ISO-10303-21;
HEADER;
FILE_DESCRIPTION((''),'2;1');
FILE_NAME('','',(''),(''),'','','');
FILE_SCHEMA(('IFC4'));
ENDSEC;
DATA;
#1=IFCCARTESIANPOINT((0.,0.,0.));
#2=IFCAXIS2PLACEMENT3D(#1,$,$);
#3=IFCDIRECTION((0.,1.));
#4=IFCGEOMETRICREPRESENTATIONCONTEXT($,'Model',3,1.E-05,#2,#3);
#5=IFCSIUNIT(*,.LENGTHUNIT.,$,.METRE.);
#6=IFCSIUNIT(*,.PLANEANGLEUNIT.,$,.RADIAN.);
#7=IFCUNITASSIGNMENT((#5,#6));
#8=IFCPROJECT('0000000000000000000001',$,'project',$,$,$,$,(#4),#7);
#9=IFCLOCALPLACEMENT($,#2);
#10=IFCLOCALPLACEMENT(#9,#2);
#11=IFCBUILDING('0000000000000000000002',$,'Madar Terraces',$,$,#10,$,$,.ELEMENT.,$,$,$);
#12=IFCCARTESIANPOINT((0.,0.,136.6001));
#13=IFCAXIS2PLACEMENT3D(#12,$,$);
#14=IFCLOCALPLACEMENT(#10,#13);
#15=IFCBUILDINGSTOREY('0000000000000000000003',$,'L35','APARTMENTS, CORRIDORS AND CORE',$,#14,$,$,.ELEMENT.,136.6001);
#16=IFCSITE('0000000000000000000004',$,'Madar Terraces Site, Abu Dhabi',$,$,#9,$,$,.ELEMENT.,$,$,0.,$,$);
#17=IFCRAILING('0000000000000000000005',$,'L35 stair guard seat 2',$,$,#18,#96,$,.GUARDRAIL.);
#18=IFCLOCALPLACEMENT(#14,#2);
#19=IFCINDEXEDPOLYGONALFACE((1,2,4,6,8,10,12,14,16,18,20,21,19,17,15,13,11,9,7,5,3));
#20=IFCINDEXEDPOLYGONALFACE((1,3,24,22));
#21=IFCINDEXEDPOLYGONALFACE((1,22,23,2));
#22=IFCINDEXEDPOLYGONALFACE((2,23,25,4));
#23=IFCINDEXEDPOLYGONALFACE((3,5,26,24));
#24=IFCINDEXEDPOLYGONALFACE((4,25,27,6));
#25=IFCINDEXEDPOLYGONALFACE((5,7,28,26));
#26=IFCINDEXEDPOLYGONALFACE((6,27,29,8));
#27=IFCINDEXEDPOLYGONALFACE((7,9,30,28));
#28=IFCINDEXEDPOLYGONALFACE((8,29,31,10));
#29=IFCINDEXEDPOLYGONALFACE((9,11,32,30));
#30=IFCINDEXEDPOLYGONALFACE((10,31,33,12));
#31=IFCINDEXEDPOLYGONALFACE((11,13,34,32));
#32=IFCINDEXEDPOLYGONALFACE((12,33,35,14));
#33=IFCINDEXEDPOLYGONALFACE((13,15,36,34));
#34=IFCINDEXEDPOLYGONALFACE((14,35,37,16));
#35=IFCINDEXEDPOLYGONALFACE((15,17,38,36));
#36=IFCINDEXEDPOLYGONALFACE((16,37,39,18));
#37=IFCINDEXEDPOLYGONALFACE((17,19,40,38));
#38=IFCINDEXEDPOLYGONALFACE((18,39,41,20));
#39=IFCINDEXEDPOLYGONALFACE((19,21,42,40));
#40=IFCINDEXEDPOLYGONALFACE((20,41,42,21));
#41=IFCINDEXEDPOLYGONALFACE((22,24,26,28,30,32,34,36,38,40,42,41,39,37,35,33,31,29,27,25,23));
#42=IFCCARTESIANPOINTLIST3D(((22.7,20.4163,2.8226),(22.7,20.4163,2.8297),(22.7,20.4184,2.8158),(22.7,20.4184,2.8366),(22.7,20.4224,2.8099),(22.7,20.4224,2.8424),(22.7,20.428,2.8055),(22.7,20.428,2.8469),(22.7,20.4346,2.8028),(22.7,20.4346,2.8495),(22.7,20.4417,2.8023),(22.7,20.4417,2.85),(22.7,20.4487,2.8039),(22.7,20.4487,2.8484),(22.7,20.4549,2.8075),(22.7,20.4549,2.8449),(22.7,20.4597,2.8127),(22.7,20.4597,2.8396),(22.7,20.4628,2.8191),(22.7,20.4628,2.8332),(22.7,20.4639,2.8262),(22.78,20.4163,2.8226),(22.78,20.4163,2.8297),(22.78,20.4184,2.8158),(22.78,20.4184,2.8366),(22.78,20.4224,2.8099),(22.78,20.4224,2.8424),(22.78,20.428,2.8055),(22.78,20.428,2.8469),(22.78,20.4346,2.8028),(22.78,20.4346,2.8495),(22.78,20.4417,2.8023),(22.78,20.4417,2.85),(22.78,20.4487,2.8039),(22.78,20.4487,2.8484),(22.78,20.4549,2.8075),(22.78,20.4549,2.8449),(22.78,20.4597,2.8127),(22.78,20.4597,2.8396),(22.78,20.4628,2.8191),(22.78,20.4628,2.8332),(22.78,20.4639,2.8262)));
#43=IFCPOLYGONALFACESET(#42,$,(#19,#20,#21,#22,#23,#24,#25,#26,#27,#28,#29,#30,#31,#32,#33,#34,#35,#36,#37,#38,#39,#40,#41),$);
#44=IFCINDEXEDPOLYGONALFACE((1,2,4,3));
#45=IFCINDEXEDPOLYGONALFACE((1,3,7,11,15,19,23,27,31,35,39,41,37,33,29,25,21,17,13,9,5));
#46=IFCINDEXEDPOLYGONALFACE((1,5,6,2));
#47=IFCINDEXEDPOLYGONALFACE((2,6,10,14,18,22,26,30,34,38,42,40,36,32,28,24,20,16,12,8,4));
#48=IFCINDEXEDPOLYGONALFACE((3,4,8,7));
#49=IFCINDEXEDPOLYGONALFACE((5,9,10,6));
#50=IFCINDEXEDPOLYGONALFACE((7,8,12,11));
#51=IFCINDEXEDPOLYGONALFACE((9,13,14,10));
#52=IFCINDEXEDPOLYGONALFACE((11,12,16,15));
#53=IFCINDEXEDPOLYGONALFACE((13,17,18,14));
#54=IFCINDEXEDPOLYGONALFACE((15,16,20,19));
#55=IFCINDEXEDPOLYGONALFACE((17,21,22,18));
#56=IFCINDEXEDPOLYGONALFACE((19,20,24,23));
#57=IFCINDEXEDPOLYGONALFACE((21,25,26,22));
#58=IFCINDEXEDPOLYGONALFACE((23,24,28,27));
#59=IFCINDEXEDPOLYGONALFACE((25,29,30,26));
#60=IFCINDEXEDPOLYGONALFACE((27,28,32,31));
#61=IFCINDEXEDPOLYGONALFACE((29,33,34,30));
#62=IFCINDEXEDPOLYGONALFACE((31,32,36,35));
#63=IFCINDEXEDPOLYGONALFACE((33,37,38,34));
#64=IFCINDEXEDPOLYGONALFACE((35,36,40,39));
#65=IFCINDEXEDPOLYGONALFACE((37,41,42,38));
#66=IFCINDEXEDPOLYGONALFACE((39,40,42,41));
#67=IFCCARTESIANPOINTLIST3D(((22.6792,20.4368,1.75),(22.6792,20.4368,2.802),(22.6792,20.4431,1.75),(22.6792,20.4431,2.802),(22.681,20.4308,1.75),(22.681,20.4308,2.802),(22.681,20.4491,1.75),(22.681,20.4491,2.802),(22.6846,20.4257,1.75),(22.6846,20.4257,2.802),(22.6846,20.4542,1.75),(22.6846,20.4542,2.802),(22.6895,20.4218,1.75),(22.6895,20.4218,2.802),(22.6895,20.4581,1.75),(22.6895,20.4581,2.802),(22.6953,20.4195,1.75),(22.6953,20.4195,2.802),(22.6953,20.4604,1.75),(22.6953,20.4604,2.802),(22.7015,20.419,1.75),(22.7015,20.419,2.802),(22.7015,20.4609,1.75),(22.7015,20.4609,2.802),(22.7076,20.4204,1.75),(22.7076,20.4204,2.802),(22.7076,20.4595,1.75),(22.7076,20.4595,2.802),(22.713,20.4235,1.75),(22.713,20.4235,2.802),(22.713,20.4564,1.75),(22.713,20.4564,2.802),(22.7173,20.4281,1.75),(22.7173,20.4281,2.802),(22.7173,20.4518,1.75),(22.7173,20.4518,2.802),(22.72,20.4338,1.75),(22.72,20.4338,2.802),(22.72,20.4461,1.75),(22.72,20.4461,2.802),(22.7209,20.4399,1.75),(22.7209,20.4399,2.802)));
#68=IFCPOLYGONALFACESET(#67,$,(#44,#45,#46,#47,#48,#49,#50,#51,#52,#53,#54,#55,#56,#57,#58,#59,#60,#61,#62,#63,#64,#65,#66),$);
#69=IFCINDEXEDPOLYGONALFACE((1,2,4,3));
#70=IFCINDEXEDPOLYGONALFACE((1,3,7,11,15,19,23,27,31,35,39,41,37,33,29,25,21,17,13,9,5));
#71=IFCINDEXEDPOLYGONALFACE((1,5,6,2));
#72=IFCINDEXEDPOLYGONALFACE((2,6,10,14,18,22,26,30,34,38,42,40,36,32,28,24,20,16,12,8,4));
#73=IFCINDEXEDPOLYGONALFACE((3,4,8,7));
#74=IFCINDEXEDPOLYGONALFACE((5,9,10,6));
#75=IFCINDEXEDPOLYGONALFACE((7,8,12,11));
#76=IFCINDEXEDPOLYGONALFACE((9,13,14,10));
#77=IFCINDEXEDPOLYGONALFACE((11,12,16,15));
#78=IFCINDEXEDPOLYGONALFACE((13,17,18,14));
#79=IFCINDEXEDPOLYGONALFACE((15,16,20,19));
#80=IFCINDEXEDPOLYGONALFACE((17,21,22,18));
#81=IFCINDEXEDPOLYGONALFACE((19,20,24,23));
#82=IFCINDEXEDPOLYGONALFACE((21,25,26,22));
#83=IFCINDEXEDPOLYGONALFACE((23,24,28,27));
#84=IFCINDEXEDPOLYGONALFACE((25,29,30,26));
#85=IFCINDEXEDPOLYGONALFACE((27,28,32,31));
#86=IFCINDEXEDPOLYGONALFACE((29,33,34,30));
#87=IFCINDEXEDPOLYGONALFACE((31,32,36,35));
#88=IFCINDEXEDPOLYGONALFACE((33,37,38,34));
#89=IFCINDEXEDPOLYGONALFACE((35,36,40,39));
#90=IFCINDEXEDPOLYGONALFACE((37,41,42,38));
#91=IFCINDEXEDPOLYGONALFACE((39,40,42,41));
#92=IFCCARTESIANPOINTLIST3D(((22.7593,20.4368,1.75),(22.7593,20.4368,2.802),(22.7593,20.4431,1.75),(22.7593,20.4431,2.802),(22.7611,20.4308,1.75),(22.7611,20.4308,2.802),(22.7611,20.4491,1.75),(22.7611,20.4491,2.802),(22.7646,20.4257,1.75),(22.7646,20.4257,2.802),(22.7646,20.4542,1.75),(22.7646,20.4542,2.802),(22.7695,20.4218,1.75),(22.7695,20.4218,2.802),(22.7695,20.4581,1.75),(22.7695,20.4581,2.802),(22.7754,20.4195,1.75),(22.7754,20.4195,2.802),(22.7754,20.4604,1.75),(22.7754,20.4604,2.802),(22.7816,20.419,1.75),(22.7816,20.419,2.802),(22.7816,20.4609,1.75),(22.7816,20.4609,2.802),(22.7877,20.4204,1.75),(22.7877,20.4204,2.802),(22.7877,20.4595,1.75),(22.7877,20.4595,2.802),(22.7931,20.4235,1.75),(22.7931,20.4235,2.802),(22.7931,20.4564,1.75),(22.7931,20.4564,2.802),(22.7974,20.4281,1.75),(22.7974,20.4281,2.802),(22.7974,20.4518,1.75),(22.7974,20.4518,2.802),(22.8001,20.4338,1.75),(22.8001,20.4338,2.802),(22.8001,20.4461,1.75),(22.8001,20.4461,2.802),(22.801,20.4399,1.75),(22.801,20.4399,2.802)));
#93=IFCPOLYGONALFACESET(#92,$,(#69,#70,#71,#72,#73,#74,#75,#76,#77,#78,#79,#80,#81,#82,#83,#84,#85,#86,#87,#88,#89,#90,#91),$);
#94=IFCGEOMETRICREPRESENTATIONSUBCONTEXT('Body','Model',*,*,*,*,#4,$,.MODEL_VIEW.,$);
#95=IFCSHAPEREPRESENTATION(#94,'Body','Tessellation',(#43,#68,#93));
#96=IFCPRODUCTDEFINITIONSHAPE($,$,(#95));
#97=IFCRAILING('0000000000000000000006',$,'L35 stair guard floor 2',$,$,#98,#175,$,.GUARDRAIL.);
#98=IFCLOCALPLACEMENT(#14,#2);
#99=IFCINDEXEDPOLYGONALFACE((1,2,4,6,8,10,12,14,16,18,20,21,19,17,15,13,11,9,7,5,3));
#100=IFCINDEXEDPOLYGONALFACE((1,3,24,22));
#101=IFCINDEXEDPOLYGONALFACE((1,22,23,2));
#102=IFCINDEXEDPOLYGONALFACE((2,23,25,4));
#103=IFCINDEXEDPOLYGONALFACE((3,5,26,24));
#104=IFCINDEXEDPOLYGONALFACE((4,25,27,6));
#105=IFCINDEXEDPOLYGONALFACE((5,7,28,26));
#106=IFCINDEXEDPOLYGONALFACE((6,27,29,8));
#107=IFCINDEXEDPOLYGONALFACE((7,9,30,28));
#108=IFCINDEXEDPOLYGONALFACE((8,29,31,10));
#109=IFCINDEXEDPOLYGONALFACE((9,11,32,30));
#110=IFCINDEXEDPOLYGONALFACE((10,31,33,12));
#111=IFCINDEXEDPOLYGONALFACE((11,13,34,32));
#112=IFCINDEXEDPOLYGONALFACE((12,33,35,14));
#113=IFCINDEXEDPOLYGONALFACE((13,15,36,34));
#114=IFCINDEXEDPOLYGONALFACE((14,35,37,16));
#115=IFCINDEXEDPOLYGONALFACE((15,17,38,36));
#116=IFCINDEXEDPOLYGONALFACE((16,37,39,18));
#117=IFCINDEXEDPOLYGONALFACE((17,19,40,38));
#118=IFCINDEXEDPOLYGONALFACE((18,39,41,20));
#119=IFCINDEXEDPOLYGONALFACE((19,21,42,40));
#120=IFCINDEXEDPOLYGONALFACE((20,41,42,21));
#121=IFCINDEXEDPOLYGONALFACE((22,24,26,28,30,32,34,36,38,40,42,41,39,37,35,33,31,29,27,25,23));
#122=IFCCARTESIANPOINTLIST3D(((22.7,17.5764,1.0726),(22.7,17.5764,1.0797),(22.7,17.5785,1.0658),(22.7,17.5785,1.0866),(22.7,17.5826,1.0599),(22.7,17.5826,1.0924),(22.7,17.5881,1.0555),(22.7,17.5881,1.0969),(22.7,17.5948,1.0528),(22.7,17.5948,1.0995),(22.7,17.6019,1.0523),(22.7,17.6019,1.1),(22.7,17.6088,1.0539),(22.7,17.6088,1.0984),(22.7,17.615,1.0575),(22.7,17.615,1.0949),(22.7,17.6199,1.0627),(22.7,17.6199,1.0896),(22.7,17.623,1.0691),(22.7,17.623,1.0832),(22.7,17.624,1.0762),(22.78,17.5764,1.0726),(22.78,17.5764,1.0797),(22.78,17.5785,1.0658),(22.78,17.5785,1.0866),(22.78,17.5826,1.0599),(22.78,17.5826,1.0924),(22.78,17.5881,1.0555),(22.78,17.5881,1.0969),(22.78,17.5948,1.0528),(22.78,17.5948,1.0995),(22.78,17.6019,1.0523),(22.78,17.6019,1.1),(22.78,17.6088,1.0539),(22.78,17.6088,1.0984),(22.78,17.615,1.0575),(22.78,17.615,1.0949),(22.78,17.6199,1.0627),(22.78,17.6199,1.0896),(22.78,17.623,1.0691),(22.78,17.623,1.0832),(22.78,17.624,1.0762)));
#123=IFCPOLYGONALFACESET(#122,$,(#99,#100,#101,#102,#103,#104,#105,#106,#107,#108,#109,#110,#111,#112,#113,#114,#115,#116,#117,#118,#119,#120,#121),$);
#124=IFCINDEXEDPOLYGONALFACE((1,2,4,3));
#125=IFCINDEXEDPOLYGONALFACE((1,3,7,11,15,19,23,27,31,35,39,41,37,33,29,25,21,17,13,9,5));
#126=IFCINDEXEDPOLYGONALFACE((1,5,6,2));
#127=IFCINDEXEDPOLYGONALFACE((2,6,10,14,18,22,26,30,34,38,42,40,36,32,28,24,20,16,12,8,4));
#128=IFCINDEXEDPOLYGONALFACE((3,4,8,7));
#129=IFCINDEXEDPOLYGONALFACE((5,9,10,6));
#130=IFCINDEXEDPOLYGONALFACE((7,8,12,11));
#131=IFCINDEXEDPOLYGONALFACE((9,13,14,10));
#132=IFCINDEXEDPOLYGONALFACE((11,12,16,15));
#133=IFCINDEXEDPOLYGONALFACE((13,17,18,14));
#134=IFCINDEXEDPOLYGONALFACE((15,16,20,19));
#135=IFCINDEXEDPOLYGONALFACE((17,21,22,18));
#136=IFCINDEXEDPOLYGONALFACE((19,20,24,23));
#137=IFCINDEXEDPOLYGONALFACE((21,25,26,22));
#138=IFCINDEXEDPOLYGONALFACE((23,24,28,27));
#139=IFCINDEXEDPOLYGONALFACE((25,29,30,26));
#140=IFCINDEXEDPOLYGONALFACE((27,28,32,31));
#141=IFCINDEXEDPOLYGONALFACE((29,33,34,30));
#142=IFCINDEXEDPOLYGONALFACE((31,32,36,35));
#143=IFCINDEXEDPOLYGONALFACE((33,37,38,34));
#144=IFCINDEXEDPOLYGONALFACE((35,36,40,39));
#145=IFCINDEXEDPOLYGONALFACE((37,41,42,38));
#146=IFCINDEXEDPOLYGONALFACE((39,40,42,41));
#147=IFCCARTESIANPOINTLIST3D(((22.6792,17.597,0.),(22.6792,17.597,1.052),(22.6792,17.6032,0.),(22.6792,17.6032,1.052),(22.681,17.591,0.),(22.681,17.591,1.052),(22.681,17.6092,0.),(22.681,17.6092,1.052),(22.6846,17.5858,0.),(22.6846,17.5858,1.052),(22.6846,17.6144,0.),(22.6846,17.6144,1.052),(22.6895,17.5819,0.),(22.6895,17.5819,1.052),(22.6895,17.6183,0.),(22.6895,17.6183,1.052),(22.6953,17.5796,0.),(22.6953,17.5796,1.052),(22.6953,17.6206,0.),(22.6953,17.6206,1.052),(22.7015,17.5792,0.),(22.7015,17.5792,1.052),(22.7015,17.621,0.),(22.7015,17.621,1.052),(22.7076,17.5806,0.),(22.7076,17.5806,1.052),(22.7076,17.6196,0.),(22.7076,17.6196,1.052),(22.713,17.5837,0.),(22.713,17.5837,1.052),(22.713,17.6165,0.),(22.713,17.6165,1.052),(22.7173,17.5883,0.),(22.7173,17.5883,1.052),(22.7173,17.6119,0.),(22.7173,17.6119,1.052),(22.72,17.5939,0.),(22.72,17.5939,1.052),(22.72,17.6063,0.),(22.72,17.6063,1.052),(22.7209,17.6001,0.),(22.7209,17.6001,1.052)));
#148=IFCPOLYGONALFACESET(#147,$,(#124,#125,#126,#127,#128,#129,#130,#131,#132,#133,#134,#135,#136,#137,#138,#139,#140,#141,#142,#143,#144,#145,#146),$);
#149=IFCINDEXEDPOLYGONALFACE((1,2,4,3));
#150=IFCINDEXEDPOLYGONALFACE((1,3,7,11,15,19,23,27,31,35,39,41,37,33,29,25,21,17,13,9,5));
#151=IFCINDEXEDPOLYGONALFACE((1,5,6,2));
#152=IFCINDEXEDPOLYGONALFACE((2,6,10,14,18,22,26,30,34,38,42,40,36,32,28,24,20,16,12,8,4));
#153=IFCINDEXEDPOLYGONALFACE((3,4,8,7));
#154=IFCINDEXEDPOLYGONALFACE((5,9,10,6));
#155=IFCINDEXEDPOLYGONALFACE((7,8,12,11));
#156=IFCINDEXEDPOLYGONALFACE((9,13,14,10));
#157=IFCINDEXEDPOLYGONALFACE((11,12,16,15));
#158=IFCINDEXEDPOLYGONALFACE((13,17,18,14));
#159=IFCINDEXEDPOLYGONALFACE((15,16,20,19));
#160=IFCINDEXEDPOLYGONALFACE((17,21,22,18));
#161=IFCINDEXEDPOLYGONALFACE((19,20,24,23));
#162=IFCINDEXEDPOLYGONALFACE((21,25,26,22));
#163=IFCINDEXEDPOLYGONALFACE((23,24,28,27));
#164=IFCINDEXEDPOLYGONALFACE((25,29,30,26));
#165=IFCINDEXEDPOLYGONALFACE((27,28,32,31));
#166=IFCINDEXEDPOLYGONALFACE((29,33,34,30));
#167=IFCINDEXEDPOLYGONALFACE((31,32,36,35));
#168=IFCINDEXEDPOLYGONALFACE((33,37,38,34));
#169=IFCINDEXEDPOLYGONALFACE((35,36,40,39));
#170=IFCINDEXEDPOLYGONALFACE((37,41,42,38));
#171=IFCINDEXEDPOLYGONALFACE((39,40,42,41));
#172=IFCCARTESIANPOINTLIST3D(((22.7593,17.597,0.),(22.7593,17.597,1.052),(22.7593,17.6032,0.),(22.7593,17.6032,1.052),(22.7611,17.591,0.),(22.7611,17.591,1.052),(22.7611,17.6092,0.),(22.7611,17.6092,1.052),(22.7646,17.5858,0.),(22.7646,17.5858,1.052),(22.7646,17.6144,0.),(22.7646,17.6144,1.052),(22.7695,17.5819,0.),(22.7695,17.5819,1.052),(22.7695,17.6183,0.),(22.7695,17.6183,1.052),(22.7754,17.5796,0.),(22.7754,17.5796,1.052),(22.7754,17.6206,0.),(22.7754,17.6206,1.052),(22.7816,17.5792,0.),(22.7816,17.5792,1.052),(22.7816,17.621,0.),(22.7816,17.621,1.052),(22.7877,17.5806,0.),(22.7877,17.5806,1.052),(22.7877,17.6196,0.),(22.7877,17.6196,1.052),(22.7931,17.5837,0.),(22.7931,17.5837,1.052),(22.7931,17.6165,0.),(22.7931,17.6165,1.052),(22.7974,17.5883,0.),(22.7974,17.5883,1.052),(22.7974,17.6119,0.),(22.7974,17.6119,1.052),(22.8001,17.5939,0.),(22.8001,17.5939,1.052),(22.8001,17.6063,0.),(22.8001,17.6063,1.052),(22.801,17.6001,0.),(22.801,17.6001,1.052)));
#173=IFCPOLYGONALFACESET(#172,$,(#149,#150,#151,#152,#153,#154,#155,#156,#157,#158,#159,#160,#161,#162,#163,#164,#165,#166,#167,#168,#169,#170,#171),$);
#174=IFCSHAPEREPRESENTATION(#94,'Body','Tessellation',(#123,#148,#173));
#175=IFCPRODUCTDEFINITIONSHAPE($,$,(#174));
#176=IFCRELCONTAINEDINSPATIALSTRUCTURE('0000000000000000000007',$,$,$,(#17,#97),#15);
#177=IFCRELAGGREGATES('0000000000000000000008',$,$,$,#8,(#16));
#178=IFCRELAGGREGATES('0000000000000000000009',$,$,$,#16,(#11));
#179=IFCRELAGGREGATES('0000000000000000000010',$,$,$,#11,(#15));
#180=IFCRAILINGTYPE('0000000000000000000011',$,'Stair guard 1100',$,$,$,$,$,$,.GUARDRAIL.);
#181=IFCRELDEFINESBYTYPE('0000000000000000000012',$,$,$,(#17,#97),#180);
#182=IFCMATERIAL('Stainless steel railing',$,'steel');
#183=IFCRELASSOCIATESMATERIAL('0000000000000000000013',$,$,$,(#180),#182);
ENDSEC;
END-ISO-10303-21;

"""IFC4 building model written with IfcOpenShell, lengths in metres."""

from ifc_helpers import new_model, si_unit, direction, frame, origin, origin_2d, place, context, subcontext, project, spatial, circle, extrude, material, type_object, element, save


model = new_model("IFC4")

# Units and contexts
model_context = context("Model", 3, precision=1e-05, world=origin(), true_north=direction((0.0, 1.0)))
body_context = subcontext(model_context, "Body", "Model", "MODEL_VIEW")
ifc_project = project(units=[si_unit("LENGTHUNIT", "METRE"), si_unit("PLANEANGLEUNIT", "RADIAN")], contexts=[model_context])

# Site, building, storey
site_placement = place(None, origin())
site = spatial("IfcSite", under=ifc_project, at=site_placement, Name="Madar Terraces Site, Abu Dhabi", CompositionType="ELEMENT", RefElevation=0.0)
building_placement = place(site_placement, origin())
building = spatial("IfcBuilding", under=site, at=building_placement, Name="Madar Terraces", CompositionType="ELEMENT")
storey_placement = place(building_placement, frame((0.0, 0.0, 136.6001)))
storey = spatial("IfcBuildingStorey", under=building, at=storey_placement, Name="L35", Description="APARTMENTS, CORRIDORS AND CORE", CompositionType="ELEMENT", Elevation=136.6001)

# Railings
ifc_material_1 = material(Name="Stainless steel railing", Category="steel")
railing_type_1 = type_object("IfcRailingType", Name="Stair guard 1100", PredefinedType="GUARDRAIL", material=ifc_material_1)
for number, where, name in (
    (1, (22.7, 20.4399, 1.75), "L35 stair guard seat 2"),
    (2, (22.7, 17.6001, 0.0), "L35 stair guard floor 2"),
):
    element("IfcRailing", number, at=place(storey_placement, frame(where)), inside=storey, type_object=railing_type_1, Name=name, PredefinedType="GUARDRAIL", context=body_context, shape_type="SweptSolid", body=[
        extrude(circle(Radius=0.0239, at=origin_2d()), frame((0.0, 0.0, 1.0762), z_axis=(1.0, 0.0, 0.0), x_axis=(0.0, 1.0, 0.0)), (0.0, 0.0, 1.0), 0.0801),
        extrude(circle(Radius=0.021, at=origin_2d()), origin(), (0.0, 0.0, 1.0), 1.052),
        extrude(circle(Radius=0.021, at=origin_2d()), frame((0.0801, 0.0, 0.0)), (0.0, 0.0, 1.0), 1.052),
    ])

save(model, "model.ifc")
